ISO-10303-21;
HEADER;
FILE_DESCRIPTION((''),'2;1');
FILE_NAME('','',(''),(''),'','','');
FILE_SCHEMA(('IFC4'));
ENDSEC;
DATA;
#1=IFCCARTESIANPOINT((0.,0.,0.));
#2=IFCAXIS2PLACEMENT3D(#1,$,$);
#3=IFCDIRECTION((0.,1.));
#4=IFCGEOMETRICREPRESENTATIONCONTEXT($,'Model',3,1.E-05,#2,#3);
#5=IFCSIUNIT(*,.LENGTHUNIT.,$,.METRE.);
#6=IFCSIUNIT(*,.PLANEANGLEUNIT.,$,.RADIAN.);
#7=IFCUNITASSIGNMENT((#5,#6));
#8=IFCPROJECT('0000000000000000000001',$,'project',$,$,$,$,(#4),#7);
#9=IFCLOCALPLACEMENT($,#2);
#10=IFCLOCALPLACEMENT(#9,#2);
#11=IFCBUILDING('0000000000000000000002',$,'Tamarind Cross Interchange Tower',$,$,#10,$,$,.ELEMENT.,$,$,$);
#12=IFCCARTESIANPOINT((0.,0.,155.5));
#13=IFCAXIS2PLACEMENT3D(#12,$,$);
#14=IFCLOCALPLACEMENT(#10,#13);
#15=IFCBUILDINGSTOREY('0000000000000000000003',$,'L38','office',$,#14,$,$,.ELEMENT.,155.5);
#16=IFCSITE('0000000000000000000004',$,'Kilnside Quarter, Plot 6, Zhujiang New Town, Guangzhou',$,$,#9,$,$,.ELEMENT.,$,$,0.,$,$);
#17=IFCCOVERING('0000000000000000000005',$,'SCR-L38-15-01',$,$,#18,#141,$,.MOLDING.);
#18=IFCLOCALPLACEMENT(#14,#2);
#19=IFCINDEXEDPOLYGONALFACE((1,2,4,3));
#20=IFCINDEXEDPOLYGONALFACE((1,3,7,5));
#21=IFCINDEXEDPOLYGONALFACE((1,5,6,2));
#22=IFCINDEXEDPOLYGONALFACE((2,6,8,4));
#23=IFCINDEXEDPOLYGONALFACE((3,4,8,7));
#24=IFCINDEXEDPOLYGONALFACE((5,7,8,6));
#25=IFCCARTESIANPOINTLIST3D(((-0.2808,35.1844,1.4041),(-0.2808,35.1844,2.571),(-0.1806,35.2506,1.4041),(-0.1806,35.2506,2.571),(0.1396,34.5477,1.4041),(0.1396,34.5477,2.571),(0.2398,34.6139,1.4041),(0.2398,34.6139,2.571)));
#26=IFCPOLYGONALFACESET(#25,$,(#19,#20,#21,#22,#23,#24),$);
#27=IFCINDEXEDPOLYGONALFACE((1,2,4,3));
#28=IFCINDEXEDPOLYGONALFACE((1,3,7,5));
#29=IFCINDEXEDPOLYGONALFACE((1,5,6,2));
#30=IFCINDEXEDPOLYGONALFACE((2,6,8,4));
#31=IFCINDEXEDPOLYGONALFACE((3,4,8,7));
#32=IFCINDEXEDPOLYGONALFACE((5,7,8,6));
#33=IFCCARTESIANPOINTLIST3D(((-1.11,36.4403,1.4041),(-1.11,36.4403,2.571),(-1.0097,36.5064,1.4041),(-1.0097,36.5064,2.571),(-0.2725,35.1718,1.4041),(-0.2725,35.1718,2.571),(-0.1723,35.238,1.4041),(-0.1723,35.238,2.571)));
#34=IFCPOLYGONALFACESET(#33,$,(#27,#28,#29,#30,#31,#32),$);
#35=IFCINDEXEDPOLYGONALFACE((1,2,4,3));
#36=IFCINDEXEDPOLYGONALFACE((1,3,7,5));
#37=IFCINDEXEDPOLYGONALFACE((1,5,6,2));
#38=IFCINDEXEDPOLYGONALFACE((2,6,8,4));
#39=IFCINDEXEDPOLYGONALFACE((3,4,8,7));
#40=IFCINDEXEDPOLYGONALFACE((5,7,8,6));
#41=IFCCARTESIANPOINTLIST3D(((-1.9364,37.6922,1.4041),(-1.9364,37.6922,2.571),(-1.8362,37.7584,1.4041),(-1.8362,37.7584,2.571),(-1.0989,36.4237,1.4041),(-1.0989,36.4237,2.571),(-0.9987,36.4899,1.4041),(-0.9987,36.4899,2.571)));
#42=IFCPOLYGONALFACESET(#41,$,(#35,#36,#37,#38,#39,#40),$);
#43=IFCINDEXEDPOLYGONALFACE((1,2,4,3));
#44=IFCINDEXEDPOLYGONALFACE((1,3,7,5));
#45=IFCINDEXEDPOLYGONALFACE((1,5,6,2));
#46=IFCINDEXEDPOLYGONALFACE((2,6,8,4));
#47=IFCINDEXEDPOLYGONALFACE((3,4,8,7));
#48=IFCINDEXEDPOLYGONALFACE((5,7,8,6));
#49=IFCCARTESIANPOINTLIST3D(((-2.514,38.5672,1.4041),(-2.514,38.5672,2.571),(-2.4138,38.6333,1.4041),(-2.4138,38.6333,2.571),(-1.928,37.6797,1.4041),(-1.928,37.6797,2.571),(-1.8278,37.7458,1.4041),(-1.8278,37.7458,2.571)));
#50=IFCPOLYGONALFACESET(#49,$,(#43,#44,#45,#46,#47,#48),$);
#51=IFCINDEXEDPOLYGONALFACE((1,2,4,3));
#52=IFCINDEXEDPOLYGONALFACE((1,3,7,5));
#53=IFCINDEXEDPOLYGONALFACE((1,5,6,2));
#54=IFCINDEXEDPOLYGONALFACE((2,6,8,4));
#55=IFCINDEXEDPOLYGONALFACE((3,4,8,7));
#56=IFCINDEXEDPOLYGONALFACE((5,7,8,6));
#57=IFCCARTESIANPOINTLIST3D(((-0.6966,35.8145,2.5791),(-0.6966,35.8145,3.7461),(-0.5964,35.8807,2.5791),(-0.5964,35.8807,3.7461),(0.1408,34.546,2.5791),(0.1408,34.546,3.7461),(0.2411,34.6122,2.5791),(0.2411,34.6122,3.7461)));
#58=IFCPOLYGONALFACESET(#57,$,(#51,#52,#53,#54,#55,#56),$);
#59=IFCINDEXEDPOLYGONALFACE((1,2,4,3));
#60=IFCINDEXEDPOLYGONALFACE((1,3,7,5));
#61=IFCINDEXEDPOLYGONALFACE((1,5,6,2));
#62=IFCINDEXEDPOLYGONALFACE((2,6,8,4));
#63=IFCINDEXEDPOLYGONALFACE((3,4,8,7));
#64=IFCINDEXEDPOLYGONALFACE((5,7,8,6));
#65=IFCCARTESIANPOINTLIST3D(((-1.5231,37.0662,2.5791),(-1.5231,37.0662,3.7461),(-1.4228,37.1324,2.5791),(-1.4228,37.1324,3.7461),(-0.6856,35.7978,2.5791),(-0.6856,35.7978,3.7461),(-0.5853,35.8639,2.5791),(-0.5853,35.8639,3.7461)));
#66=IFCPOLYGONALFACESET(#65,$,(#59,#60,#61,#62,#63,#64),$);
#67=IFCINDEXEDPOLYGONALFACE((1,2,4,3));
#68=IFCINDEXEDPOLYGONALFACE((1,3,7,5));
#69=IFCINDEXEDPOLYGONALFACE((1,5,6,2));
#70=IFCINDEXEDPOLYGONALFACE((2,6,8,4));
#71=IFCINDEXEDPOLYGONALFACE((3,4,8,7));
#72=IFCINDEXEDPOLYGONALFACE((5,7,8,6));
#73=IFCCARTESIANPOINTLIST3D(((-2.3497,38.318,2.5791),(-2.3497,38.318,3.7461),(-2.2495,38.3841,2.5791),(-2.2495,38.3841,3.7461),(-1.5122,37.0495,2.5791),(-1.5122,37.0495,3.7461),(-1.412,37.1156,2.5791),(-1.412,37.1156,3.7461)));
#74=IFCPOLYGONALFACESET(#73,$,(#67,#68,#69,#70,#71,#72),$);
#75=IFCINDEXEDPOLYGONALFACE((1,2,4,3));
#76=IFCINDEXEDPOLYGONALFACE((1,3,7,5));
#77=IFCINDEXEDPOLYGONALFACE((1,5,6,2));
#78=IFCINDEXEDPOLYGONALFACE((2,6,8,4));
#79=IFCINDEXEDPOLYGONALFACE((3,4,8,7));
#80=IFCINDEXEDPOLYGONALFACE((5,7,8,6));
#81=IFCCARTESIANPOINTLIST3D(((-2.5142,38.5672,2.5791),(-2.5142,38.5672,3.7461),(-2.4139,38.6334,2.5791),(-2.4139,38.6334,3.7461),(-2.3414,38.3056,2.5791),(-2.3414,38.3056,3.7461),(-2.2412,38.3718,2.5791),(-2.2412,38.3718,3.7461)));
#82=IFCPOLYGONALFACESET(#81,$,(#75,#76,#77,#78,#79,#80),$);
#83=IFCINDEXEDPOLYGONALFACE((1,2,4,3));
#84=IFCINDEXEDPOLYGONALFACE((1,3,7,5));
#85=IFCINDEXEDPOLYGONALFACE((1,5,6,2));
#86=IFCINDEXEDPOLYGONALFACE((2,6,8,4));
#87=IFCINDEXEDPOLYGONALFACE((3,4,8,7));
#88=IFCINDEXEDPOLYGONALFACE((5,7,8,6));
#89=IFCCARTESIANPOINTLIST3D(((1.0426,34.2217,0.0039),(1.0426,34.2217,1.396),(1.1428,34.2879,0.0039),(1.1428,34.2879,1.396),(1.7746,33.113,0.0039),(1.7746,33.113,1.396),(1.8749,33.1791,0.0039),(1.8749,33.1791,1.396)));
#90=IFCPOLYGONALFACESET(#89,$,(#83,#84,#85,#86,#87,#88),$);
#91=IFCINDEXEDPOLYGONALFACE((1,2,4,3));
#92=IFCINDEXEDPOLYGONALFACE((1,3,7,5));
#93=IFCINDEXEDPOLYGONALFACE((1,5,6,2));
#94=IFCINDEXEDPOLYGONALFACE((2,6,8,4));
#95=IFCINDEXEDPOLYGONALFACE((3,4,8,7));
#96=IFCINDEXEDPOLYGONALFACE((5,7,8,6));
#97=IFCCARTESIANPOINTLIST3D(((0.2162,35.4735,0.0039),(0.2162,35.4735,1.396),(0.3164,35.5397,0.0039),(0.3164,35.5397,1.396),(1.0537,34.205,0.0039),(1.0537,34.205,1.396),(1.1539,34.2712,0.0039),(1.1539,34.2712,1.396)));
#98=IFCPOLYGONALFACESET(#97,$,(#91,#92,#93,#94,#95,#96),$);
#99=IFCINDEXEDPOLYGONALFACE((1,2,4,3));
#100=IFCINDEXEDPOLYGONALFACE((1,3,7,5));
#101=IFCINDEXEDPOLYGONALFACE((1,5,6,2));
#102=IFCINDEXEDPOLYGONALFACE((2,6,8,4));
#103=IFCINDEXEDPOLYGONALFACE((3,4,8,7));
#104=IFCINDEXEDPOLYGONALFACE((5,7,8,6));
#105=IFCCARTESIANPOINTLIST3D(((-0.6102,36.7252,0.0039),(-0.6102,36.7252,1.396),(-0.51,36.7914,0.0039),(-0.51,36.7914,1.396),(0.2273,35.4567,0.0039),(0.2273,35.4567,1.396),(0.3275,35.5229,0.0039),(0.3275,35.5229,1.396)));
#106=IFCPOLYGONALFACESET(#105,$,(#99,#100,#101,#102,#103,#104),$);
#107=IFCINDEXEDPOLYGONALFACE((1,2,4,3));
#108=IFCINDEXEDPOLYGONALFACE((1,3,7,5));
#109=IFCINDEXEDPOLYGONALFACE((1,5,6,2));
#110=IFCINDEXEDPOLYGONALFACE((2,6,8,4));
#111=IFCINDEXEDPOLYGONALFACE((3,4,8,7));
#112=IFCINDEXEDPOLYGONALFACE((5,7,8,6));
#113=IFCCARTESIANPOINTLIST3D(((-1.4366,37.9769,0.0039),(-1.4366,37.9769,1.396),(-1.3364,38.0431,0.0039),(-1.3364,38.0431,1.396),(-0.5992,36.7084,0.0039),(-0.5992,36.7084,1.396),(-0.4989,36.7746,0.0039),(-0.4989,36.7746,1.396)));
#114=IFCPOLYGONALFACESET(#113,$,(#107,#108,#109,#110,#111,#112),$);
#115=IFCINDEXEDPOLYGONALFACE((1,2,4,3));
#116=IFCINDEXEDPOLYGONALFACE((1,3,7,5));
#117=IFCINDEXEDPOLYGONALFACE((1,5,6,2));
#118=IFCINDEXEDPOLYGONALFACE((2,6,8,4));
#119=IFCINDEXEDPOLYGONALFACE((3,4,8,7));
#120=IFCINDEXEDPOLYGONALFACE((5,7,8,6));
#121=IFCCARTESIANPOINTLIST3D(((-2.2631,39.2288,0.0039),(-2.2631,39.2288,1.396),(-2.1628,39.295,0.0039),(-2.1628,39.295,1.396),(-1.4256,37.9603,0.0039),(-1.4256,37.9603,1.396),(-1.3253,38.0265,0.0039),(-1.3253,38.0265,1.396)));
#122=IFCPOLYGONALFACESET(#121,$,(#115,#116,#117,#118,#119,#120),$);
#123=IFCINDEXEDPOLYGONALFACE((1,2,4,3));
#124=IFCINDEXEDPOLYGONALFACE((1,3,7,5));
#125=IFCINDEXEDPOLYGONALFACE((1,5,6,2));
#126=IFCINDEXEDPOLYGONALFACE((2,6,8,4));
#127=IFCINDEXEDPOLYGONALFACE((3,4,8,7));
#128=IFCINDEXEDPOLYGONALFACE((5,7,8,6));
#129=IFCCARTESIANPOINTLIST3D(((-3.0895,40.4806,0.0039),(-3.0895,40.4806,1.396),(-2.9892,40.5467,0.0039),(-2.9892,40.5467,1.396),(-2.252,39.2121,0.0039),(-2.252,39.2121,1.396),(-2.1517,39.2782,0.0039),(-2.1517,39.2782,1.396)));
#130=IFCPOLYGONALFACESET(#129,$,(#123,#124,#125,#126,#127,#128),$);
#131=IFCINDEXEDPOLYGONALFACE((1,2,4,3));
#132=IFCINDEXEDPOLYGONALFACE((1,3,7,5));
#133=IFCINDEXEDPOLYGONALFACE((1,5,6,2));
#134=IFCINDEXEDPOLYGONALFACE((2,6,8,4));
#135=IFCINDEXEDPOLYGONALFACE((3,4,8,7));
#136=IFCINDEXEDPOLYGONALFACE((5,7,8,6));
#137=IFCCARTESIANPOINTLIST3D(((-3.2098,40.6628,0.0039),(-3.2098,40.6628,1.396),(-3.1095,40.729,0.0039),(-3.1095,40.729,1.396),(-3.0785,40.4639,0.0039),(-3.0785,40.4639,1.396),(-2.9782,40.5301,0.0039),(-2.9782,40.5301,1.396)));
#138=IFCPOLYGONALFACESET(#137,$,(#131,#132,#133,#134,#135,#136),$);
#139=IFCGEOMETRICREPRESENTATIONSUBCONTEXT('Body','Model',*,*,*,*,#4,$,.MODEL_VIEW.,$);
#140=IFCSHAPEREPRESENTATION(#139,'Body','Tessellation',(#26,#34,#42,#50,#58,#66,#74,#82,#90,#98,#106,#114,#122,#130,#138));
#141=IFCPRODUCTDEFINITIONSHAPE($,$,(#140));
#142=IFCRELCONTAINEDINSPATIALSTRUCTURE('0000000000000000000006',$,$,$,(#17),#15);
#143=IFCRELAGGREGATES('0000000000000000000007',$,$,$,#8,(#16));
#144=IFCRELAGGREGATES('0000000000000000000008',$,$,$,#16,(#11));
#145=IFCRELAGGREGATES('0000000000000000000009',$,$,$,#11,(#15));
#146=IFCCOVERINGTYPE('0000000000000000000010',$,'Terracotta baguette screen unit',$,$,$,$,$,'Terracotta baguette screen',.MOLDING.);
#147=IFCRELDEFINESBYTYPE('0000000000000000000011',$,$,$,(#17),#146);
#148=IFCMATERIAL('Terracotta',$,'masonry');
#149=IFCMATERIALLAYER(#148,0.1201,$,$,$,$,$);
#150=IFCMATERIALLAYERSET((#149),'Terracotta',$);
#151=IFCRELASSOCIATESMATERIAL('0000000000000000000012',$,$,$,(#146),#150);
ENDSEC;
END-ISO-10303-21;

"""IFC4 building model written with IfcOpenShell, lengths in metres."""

from ifc_helpers import new_model, si_unit, direction, frame, origin, origin_2d, place, context, subcontext, project, spatial, rectangle, extrude, material, layer, layer_set, type_object, element, save


model = new_model("IFC4")

# Units and contexts
model_context = context("Model", 3, precision=1e-05, world=origin(), true_north=direction((0.0, 1.0)))
body_context = subcontext(model_context, "Body", "Model", "MODEL_VIEW")
ifc_project = project(units=[si_unit("LENGTHUNIT", "METRE"), si_unit("PLANEANGLEUNIT", "RADIAN")], contexts=[model_context])

# Site, building, storey
site_placement = place(None, origin())
site = spatial("IfcSite", under=ifc_project, at=site_placement, Name="Kilnside Quarter, Plot 6, Zhujiang New Town, Guangzhou", CompositionType="ELEMENT", RefElevation=0.0)
building_placement = place(site_placement, origin())
building = spatial("IfcBuilding", under=site, at=building_placement, Name="Tamarind Cross Interchange Tower", CompositionType="ELEMENT")
storey_placement = place(building_placement, frame((0.0, 0.0, 155.5)))
storey = spatial("IfcBuildingStorey", under=building, at=storey_placement, Name="L38", Description="office", CompositionType="ELEMENT", Elevation=155.5)

# Covering
ifc_material_1 = material(Name="Terracotta", Category="masonry")
ifc_layer_1 = layer(ifc_material_1, 0.1201)
ifc_layer_set_1 = layer_set([ifc_layer_1], Name="Terracotta")
covering_type = type_object("IfcCoveringType", Name="Terracotta baguette screen unit", ElementType="Terracotta baguette screen", PredefinedType="MOLDING", material=ifc_layer_set_1)
covering_1_placement = place(storey_placement, origin())
element("IfcCovering", 1, at=covering_1_placement, inside=storey, type_object=covering_type, Name="SCR-L38-15-01", PredefinedType="MOLDING", context=body_context, shape_type="SweptSolid", body=[
    extrude(rectangle(XDim=0.7629, YDim=0.1201, at=origin_2d()), frame((-0.0205, 34.8992, 1.4041), z_axis=(0.0, 0.0, 1.0), x_axis=(-0.55097, 0.834525, 0.0)), (0.0, 0.0, 1.0), 1.167),
    extrude(rectangle(XDim=1.52, YDim=0.1201, at=origin_2d()), frame((-0.6411, 35.8391, 1.4041), z_axis=(0.0, 0.0, 1.0), x_axis=(-0.55097, 0.834525, 0.0)), (0.0, 0.0, 1.0), 1.167),
    extrude(rectangle(XDim=1.52, YDim=0.1201, at=origin_2d()), frame((-1.4675, 37.0911, 1.4041), z_axis=(0.0, 0.0, 1.0), x_axis=(-0.55097, 0.834525, 0.0)), (0.0, 0.0, 1.0), 1.167),
    extrude(rectangle(XDim=1.0635, YDim=0.1201, at=origin_2d()), frame((-2.1709, 38.1565, 1.4041), z_axis=(0.0, 0.0, 1.0), x_axis=(-0.55097, 0.834525, 0.0)), (0.0, 0.0, 1.0), 1.167),
    extrude(rectangle(XDim=1.52, YDim=0.1201, at=origin_2d()), frame((-0.2278, 35.2134, 2.5791), z_axis=(0.0, 0.0, 1.0), x_axis=(-0.55097, 0.834525, 0.0)), (0.0, 0.0, 1.0), 1.167),
    extrude(rectangle(XDim=1.52, YDim=0.1201, at=origin_2d()), frame((-1.0542, 36.4651, 2.5791), z_axis=(0.0, 0.0, 1.0), x_axis=(-0.55097, 0.834525, 0.0)), (0.0, 0.0, 1.0), 1.167),
    extrude(rectangle(XDim=1.52, YDim=0.1201, at=origin_2d()), frame((-1.8809, 37.7168, 2.5791), z_axis=(0.0, 0.0, 1.0), x_axis=(-0.55097, 0.834525, 0.0)), (0.0, 0.0, 1.0), 1.167),
    extrude(rectangle(XDim=0.3135, YDim=0.1201, at=origin_2d()), frame((-2.3777, 38.4695, 2.5791), z_axis=(0.0, 0.0, 1.0), x_axis=(-0.55097, 0.834525, 0.0)), (0.0, 0.0, 1.0), 1.167),
    extrude(rectangle(XDim=1.3286, YDim=0.1201, at=origin_2d()), frame((1.4587, 33.7004, 0.0039), z_axis=(0.0, 0.0, 1.0), x_axis=(-0.55097, 0.834525, 0.0)), (0.0, 0.0, 1.0), 1.3921),
    extrude(rectangle(XDim=1.52, YDim=0.1201, at=origin_2d()), frame((0.6851, 34.8723, 0.0039), z_axis=(0.0, 0.0, 1.0), x_axis=(-0.55097, 0.834525, 0.0)), (0.0, 0.0, 1.0), 1.3921),
    extrude(rectangle(XDim=1.52, YDim=0.1201, at=origin_2d()), frame((-0.1414, 36.124, 0.0039), z_axis=(0.0, 0.0, 1.0), x_axis=(-0.55097, 0.834525, 0.0)), (0.0, 0.0, 1.0), 1.3921),
    extrude(rectangle(XDim=1.52, YDim=0.1201, at=origin_2d()), frame((-0.9678, 37.3757, 0.0039), z_axis=(0.0, 0.0, 1.0), x_axis=(-0.55097, 0.834525, 0.0)), (0.0, 0.0, 1.0), 1.3921),
    extrude(rectangle(XDim=1.52, YDim=0.1201, at=origin_2d()), frame((-1.7942, 38.6277, 0.0039), z_axis=(0.0, 0.0, 1.0), x_axis=(-0.55097, 0.834525, 0.0)), (0.0, 0.0, 1.0), 1.3921),
    extrude(rectangle(XDim=1.52, YDim=0.1201, at=origin_2d()), frame((-2.6206, 39.8794, 0.0039), z_axis=(0.0, 0.0, 1.0), x_axis=(-0.55097, 0.834525, 0.0)), (0.0, 0.0, 1.0), 1.3921),
    extrude(rectangle(XDim=0.2383, YDim=0.1201, at=origin_2d()), frame((-3.094, 40.5964, 0.0039), z_axis=(0.0, 0.0, 1.0), x_axis=(-0.55097, 0.834525, 0.0)), (0.0, 0.0, 1.0), 1.3921),
])

save(model, "model.ifc")
